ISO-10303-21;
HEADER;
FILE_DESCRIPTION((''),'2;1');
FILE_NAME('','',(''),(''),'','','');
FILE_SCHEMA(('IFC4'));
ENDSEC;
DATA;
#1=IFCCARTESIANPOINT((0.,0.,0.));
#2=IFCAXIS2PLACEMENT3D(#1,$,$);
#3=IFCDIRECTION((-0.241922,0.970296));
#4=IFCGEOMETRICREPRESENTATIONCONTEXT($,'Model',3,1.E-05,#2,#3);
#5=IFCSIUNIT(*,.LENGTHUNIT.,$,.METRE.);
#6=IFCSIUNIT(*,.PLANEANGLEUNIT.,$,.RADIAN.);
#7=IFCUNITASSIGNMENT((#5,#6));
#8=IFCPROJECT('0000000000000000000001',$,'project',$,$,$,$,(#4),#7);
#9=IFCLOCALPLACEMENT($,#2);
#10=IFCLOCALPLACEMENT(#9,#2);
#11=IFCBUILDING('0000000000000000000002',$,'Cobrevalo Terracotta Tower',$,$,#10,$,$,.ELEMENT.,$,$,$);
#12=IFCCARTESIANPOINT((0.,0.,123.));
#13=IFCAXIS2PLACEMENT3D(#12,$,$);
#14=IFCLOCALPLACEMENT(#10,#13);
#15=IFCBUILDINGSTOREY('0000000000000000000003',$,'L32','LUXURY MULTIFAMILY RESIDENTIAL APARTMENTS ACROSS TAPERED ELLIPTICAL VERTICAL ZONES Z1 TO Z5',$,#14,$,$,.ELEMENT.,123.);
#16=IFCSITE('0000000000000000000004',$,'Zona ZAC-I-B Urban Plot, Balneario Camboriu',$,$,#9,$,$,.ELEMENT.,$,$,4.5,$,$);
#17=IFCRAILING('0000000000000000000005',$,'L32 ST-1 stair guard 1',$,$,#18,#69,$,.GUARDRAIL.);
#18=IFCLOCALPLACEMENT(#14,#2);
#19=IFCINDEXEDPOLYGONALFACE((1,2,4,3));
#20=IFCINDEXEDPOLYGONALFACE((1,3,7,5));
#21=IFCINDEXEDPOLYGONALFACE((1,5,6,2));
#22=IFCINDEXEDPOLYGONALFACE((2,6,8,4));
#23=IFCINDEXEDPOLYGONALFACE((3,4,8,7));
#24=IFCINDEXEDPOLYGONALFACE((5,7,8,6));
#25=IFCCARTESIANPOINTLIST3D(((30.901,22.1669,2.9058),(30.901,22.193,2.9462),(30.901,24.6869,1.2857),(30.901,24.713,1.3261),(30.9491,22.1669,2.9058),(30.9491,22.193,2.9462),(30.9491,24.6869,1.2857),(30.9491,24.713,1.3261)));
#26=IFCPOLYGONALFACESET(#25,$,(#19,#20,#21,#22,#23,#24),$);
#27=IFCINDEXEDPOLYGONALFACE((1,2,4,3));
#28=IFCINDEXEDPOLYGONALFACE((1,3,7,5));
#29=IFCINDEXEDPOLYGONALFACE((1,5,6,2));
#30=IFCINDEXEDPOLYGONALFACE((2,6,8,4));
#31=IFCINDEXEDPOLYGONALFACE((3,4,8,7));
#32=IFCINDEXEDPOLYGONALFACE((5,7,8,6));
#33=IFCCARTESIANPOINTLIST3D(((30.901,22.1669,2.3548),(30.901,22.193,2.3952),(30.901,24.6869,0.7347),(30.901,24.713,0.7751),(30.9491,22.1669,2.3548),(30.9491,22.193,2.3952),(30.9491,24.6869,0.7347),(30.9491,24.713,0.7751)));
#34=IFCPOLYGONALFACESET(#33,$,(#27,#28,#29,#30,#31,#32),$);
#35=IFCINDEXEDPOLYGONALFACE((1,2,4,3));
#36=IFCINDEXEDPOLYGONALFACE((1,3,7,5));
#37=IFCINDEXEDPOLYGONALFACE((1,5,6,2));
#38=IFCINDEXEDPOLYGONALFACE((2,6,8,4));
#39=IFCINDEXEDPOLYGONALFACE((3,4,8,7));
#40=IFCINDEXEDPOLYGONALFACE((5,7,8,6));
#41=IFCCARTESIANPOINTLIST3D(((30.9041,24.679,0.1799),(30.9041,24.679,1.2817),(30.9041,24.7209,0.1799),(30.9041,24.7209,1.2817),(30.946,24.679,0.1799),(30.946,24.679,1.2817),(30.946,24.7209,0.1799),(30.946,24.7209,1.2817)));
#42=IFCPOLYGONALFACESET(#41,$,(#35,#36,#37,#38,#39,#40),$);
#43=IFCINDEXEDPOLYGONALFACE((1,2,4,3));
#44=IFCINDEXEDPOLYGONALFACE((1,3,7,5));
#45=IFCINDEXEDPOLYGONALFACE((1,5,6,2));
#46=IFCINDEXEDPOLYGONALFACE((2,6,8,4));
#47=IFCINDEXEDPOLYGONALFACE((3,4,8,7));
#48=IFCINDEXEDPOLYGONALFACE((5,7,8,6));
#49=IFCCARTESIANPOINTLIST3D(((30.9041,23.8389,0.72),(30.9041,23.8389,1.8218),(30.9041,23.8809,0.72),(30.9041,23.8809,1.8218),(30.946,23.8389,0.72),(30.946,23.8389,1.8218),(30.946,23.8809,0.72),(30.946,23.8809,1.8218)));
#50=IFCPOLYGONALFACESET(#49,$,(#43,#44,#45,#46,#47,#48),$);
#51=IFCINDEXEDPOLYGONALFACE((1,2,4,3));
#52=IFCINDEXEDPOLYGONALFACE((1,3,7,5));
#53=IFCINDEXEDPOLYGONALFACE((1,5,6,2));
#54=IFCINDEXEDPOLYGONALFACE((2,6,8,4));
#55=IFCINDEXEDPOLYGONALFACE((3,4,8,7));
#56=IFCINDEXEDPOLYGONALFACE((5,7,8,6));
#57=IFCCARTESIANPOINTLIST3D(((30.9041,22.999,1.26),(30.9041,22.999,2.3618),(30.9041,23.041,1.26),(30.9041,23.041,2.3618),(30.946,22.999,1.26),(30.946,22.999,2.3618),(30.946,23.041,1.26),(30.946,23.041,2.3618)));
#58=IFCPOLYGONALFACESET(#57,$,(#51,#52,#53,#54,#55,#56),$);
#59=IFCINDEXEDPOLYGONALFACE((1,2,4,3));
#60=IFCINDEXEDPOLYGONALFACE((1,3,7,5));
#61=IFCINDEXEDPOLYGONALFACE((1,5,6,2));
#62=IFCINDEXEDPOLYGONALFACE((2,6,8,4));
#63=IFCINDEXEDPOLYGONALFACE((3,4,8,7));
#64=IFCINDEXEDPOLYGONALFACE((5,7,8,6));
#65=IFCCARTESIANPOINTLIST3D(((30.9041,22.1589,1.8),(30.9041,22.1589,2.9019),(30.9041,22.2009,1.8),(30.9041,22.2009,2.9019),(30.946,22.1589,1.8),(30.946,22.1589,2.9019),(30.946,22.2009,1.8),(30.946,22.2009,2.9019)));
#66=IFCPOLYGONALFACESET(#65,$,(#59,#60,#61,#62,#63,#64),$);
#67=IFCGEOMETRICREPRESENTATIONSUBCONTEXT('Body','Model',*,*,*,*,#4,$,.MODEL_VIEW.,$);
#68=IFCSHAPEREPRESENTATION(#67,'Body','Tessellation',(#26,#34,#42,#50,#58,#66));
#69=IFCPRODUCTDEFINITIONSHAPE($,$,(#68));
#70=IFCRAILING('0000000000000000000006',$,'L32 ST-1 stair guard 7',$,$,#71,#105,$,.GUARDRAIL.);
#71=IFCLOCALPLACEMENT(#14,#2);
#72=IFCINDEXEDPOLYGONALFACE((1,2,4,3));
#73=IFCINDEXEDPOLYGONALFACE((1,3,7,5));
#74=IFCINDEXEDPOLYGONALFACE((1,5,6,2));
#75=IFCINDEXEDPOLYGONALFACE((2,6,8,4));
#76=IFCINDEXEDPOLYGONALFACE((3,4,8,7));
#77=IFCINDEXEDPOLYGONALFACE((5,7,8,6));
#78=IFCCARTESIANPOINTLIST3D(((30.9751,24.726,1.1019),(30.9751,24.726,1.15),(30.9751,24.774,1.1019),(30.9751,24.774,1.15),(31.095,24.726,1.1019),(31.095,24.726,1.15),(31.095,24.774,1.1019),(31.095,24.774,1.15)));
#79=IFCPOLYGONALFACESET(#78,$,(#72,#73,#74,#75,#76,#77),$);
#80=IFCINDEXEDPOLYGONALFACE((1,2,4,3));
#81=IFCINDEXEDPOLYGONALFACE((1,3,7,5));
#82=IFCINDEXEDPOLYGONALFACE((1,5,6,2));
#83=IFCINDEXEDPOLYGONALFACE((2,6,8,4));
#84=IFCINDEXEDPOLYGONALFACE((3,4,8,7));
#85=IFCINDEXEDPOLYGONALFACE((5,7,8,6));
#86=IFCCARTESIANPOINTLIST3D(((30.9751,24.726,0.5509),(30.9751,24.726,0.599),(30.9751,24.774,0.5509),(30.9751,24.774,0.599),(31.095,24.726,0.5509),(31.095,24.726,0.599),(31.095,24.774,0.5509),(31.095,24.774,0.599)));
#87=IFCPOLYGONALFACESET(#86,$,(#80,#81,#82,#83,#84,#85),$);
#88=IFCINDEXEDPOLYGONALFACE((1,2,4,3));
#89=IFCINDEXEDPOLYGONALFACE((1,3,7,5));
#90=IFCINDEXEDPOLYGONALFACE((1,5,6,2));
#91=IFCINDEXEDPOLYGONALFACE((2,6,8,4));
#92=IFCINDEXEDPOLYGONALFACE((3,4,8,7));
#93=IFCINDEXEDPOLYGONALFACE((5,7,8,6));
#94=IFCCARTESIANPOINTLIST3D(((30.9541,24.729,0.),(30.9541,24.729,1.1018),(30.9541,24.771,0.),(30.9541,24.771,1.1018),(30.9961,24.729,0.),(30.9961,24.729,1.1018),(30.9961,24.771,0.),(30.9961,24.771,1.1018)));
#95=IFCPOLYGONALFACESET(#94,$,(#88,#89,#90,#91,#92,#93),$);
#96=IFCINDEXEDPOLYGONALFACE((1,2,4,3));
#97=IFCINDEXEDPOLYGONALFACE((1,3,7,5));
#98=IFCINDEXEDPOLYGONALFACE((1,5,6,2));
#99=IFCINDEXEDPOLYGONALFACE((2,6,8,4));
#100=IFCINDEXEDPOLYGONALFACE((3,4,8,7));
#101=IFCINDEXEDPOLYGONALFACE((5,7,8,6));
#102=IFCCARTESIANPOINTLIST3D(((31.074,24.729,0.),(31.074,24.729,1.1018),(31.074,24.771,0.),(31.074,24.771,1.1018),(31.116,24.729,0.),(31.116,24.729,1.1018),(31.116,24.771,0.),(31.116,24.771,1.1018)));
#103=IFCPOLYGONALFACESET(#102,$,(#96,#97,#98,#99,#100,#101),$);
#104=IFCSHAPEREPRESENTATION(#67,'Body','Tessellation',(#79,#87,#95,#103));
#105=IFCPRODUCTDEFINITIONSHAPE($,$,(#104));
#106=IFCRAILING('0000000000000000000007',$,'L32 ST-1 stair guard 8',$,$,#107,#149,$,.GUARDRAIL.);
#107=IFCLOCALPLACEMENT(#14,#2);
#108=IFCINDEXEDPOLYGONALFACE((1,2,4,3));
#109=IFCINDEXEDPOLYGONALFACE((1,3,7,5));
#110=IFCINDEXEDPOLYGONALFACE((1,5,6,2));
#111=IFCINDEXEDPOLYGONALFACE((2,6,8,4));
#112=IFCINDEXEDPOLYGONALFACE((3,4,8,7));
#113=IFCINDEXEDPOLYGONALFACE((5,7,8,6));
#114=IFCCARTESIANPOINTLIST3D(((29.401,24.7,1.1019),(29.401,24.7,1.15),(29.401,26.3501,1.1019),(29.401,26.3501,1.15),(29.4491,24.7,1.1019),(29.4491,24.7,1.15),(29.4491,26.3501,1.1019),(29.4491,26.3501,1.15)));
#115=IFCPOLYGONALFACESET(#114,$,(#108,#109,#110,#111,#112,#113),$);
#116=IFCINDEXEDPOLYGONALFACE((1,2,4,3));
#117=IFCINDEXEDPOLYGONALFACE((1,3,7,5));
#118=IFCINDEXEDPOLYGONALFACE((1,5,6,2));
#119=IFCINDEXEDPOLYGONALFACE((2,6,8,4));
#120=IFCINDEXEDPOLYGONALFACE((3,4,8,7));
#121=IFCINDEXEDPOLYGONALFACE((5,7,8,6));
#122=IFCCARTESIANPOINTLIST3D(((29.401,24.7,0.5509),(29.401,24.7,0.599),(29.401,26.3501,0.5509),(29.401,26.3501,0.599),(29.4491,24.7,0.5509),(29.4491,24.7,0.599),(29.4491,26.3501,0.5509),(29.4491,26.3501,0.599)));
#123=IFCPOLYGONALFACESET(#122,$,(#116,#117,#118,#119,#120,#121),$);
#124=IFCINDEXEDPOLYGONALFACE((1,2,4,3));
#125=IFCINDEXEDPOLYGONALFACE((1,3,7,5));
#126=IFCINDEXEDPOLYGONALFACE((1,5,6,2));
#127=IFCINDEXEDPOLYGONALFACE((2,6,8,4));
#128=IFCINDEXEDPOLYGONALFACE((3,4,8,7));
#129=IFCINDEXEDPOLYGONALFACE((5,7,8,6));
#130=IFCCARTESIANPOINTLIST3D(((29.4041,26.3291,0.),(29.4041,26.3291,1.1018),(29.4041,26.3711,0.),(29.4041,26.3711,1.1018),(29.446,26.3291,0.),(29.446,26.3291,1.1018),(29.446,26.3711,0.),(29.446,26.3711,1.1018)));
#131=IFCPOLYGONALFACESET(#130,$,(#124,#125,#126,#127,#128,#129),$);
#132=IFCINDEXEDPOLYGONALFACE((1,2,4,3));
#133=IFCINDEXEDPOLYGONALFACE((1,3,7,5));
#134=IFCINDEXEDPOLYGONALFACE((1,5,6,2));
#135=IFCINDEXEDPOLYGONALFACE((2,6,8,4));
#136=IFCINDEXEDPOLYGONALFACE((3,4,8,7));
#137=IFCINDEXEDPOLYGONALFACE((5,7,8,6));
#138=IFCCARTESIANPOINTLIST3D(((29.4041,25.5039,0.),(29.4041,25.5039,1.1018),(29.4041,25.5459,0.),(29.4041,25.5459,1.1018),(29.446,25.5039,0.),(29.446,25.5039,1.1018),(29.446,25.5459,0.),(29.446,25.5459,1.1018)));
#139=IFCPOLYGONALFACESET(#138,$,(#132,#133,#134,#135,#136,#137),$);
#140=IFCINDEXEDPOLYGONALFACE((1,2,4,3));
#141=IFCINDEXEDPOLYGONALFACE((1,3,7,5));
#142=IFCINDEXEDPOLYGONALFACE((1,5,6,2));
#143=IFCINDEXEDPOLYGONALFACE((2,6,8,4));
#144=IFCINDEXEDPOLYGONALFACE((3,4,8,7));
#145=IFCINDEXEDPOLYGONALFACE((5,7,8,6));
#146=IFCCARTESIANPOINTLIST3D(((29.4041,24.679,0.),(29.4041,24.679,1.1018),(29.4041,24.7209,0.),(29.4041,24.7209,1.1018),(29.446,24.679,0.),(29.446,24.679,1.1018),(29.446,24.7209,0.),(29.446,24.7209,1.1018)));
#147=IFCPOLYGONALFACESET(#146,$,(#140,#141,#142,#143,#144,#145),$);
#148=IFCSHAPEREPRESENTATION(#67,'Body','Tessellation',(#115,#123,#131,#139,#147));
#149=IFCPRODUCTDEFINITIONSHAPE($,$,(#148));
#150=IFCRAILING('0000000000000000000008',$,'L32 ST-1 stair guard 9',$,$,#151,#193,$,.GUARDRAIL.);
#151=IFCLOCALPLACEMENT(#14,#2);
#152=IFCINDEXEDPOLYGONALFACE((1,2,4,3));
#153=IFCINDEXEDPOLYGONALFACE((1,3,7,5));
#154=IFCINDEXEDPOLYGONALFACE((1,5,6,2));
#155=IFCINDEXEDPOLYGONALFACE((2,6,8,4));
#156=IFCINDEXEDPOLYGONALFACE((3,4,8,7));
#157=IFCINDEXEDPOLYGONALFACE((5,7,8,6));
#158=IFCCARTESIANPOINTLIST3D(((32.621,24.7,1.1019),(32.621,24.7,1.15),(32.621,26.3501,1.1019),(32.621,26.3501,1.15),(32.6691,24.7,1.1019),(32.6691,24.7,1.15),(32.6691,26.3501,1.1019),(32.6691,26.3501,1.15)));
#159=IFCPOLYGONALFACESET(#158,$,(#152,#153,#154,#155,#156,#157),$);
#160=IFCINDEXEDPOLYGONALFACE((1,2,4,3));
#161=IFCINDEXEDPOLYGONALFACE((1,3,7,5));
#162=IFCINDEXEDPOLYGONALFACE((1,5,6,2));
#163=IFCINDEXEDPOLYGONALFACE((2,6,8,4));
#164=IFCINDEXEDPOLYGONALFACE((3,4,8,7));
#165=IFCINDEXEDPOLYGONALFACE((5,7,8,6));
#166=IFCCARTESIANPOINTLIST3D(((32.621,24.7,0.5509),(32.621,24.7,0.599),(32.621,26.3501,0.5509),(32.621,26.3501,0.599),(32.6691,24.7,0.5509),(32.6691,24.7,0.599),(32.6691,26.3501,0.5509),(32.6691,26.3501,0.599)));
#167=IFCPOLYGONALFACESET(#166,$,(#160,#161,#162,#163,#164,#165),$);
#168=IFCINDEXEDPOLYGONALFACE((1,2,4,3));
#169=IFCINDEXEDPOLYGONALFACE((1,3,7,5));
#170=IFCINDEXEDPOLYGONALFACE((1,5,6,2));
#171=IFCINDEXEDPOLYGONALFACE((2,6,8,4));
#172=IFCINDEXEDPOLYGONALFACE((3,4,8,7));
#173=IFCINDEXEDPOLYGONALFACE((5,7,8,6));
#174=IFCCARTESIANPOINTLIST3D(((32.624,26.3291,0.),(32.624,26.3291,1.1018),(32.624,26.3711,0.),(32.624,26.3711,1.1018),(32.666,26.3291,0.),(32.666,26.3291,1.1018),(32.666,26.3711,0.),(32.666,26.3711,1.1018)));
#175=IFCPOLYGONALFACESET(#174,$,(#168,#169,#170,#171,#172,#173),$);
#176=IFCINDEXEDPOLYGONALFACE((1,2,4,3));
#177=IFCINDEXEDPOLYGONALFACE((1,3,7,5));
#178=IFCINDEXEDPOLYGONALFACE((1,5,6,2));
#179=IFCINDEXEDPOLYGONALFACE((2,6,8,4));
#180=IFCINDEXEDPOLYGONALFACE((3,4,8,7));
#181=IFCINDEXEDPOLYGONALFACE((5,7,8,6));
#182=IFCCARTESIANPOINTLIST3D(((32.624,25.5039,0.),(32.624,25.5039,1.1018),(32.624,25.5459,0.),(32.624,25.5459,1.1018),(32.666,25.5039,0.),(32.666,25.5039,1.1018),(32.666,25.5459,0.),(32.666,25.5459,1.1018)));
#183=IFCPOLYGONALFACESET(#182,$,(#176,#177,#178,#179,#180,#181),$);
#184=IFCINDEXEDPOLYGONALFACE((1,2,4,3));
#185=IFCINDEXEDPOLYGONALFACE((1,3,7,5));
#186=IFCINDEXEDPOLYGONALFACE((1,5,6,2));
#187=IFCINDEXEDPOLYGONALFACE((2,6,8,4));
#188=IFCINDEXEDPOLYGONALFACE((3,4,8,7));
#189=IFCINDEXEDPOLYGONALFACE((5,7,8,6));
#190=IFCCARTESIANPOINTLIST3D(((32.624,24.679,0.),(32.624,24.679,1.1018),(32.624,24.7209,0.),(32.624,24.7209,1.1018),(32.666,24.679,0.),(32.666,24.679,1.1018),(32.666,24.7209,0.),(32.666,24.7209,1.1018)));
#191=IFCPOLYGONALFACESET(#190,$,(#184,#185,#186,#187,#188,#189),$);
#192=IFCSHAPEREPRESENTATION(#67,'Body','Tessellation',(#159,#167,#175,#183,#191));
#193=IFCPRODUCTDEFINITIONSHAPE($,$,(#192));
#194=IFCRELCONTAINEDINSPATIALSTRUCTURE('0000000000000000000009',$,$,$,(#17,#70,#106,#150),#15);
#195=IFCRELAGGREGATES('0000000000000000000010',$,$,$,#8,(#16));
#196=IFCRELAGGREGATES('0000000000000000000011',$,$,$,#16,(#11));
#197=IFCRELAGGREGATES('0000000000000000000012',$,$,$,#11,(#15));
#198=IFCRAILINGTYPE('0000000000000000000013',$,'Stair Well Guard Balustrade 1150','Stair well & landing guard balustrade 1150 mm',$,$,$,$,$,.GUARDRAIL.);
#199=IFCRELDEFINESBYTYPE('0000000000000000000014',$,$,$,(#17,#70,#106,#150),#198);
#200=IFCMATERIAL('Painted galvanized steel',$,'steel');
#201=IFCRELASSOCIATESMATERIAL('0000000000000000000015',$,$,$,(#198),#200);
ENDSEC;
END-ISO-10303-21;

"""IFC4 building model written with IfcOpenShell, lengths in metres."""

from ifc_helpers import new_model, si_unit, direction, frame, origin, origin_2d, place, context, subcontext, project, spatial, rectangle, extrude, material, type_object, element, save


model = new_model("IFC4")

# Units and contexts
model_context = context("Model", 3, precision=1e-05, world=origin(), true_north=direction((-0.241922, 0.970296)))
body_context = subcontext(model_context, "Body", "Model", "MODEL_VIEW")
ifc_project = project(units=[si_unit("LENGTHUNIT", "METRE"), si_unit("PLANEANGLEUNIT", "RADIAN")], contexts=[model_context])

# Site, building, storey
site_placement = place(None, origin())
site = spatial("IfcSite", under=ifc_project, at=site_placement, Name="Zona ZAC-I-B Urban Plot, Balneario Camboriu", CompositionType="ELEMENT", RefElevation=4.5)
building_placement = place(site_placement, origin())
building = spatial("IfcBuilding", under=site, at=building_placement, Name="Cobrevalo Terracotta Tower", CompositionType="ELEMENT")
storey_placement = place(building_placement, frame((0.0, 0.0, 123.0)))
storey = spatial("IfcBuildingStorey", under=building, at=storey_placement, Name="L32", Description="LUXURY MULTIFAMILY RESIDENTIAL APARTMENTS ACROSS TAPERED ELLIPTICAL VERTICAL ZONES Z1 TO Z5", CompositionType="ELEMENT", Elevation=123.0)

# Railings
ifc_material_1 = material(Name="Painted galvanized steel", Category="steel")
railing_type_1 = type_object("IfcRailingType", Name="Stair Well Guard Balustrade 1150", Description="Stair well & landing guard balustrade 1150 mm", PredefinedType="GUARDRAIL", material=ifc_material_1)
railing_1_placement = place(storey_placement, frame((30.925, 24.7, 0.1799)))
element("IfcRailing", 1, at=railing_1_placement, inside=storey, type_object=railing_type_1, Name="L32 ST-1 stair guard 1", PredefinedType="GUARDRAIL", context=body_context, shape_type="SweptSolid", body=[
    extrude(rectangle(XDim=0.0481, YDim=0.0481, at=origin_2d()), frame((0.0, 0.0, 1.126), z_axis=(0.0, -0.841163, 0.540782), x_axis=(1.0, 0.0, 0.0)), (0.0, 0.0, 1.0), 2.9958),
    extrude(rectangle(XDim=0.0481, YDim=0.0481, at=origin_2d()), frame((0.0, 0.0, 0.575), z_axis=(0.0, -0.841163, 0.540782), x_axis=(1.0, 0.0, 0.0)), (0.0, 0.0, 1.0), 2.9958),
    extrude(rectangle(XDim=0.042, YDim=0.042, at=origin_2d()), origin(), (0.0, 0.0, 1.0), 1.1018),
    extrude(rectangle(XDim=0.042, YDim=0.042, at=origin_2d()), frame((0.0, -0.8401, 0.54)), (0.0, 0.0, 1.0), 1.1018),
    extrude(rectangle(XDim=0.042, YDim=0.042, at=origin_2d()), frame((0.0, -1.6799, 1.0801)), (0.0, 0.0, 1.0), 1.1018),
    extrude(rectangle(XDim=0.042, YDim=0.042, at=origin_2d()), frame((0.0, -2.52, 1.6201)), (0.0, 0.0, 1.0), 1.1018),
])
railing_2_placement = place(storey_placement, frame((30.9751, 24.75, 0.0)))
element("IfcRailing", 2, at=railing_2_placement, inside=storey, type_object=railing_type_1, Name="L32 ST-1 stair guard 7", PredefinedType="GUARDRAIL", context=body_context, shape_type="SweptSolid", body=[
    extrude(rectangle(XDim=0.0481, YDim=0.0481, at=origin_2d()), frame((0.0, 0.0, 1.126), z_axis=(1.0, 0.0, 0.0), x_axis=(0.0, 1.0, 0.0)), (0.0, 0.0, 1.0), 0.1199),
    extrude(rectangle(XDim=0.0481, YDim=0.0481, at=origin_2d()), frame((0.0, 0.0, 0.575), z_axis=(1.0, 0.0, 0.0), x_axis=(0.0, 1.0, 0.0)), (0.0, 0.0, 1.0), 0.1199),
    extrude(rectangle(XDim=0.042, YDim=0.042, at=origin_2d()), origin(), (0.0, 0.0, 1.0), 1.1018),
    extrude(rectangle(XDim=0.042, YDim=0.042, at=origin_2d()), frame((0.1199, 0.0, 0.0)), (0.0, 0.0, 1.0), 1.1018),
])
for number, where, name in (
    (3, (29.425, 26.3501, 0.0), "L32 ST-1 stair guard 8"),
    (4, (32.645, 26.3501, 0.0), "L32 ST-1 stair guard 9"),
):
    element("IfcRailing", number, at=place(storey_placement, frame(where)), inside=storey, type_object=railing_type_1, Name=name, PredefinedType="GUARDRAIL", context=body_context, shape_type="SweptSolid", body=[
        extrude(rectangle(XDim=0.0481, YDim=0.0481, at=origin_2d()), frame((0.0, 0.0, 1.126), z_axis=(0.0, -1.0, 0.0), x_axis=(1.0, 0.0, 0.0)), (0.0, 0.0, 1.0), 1.6501),
        extrude(rectangle(XDim=0.0481, YDim=0.0481, at=origin_2d()), frame((0.0, 0.0, 0.575), z_axis=(0.0, -1.0, 0.0), x_axis=(1.0, 0.0, 0.0)), (0.0, 0.0, 1.0), 1.6501),
        extrude(rectangle(XDim=0.042, YDim=0.042, at=origin_2d()), origin(), (0.0, 0.0, 1.0), 1.1018),
        extrude(rectangle(XDim=0.042, YDim=0.042, at=origin_2d()), frame((0.0, -0.8252, 0.0)), (0.0, 0.0, 1.0), 1.1018),
        extrude(rectangle(XDim=0.042, YDim=0.042, at=origin_2d()), frame((0.0, -1.6501, 0.0)), (0.0, 0.0, 1.0), 1.1018),
    ])

save(model, "model.ifc")
